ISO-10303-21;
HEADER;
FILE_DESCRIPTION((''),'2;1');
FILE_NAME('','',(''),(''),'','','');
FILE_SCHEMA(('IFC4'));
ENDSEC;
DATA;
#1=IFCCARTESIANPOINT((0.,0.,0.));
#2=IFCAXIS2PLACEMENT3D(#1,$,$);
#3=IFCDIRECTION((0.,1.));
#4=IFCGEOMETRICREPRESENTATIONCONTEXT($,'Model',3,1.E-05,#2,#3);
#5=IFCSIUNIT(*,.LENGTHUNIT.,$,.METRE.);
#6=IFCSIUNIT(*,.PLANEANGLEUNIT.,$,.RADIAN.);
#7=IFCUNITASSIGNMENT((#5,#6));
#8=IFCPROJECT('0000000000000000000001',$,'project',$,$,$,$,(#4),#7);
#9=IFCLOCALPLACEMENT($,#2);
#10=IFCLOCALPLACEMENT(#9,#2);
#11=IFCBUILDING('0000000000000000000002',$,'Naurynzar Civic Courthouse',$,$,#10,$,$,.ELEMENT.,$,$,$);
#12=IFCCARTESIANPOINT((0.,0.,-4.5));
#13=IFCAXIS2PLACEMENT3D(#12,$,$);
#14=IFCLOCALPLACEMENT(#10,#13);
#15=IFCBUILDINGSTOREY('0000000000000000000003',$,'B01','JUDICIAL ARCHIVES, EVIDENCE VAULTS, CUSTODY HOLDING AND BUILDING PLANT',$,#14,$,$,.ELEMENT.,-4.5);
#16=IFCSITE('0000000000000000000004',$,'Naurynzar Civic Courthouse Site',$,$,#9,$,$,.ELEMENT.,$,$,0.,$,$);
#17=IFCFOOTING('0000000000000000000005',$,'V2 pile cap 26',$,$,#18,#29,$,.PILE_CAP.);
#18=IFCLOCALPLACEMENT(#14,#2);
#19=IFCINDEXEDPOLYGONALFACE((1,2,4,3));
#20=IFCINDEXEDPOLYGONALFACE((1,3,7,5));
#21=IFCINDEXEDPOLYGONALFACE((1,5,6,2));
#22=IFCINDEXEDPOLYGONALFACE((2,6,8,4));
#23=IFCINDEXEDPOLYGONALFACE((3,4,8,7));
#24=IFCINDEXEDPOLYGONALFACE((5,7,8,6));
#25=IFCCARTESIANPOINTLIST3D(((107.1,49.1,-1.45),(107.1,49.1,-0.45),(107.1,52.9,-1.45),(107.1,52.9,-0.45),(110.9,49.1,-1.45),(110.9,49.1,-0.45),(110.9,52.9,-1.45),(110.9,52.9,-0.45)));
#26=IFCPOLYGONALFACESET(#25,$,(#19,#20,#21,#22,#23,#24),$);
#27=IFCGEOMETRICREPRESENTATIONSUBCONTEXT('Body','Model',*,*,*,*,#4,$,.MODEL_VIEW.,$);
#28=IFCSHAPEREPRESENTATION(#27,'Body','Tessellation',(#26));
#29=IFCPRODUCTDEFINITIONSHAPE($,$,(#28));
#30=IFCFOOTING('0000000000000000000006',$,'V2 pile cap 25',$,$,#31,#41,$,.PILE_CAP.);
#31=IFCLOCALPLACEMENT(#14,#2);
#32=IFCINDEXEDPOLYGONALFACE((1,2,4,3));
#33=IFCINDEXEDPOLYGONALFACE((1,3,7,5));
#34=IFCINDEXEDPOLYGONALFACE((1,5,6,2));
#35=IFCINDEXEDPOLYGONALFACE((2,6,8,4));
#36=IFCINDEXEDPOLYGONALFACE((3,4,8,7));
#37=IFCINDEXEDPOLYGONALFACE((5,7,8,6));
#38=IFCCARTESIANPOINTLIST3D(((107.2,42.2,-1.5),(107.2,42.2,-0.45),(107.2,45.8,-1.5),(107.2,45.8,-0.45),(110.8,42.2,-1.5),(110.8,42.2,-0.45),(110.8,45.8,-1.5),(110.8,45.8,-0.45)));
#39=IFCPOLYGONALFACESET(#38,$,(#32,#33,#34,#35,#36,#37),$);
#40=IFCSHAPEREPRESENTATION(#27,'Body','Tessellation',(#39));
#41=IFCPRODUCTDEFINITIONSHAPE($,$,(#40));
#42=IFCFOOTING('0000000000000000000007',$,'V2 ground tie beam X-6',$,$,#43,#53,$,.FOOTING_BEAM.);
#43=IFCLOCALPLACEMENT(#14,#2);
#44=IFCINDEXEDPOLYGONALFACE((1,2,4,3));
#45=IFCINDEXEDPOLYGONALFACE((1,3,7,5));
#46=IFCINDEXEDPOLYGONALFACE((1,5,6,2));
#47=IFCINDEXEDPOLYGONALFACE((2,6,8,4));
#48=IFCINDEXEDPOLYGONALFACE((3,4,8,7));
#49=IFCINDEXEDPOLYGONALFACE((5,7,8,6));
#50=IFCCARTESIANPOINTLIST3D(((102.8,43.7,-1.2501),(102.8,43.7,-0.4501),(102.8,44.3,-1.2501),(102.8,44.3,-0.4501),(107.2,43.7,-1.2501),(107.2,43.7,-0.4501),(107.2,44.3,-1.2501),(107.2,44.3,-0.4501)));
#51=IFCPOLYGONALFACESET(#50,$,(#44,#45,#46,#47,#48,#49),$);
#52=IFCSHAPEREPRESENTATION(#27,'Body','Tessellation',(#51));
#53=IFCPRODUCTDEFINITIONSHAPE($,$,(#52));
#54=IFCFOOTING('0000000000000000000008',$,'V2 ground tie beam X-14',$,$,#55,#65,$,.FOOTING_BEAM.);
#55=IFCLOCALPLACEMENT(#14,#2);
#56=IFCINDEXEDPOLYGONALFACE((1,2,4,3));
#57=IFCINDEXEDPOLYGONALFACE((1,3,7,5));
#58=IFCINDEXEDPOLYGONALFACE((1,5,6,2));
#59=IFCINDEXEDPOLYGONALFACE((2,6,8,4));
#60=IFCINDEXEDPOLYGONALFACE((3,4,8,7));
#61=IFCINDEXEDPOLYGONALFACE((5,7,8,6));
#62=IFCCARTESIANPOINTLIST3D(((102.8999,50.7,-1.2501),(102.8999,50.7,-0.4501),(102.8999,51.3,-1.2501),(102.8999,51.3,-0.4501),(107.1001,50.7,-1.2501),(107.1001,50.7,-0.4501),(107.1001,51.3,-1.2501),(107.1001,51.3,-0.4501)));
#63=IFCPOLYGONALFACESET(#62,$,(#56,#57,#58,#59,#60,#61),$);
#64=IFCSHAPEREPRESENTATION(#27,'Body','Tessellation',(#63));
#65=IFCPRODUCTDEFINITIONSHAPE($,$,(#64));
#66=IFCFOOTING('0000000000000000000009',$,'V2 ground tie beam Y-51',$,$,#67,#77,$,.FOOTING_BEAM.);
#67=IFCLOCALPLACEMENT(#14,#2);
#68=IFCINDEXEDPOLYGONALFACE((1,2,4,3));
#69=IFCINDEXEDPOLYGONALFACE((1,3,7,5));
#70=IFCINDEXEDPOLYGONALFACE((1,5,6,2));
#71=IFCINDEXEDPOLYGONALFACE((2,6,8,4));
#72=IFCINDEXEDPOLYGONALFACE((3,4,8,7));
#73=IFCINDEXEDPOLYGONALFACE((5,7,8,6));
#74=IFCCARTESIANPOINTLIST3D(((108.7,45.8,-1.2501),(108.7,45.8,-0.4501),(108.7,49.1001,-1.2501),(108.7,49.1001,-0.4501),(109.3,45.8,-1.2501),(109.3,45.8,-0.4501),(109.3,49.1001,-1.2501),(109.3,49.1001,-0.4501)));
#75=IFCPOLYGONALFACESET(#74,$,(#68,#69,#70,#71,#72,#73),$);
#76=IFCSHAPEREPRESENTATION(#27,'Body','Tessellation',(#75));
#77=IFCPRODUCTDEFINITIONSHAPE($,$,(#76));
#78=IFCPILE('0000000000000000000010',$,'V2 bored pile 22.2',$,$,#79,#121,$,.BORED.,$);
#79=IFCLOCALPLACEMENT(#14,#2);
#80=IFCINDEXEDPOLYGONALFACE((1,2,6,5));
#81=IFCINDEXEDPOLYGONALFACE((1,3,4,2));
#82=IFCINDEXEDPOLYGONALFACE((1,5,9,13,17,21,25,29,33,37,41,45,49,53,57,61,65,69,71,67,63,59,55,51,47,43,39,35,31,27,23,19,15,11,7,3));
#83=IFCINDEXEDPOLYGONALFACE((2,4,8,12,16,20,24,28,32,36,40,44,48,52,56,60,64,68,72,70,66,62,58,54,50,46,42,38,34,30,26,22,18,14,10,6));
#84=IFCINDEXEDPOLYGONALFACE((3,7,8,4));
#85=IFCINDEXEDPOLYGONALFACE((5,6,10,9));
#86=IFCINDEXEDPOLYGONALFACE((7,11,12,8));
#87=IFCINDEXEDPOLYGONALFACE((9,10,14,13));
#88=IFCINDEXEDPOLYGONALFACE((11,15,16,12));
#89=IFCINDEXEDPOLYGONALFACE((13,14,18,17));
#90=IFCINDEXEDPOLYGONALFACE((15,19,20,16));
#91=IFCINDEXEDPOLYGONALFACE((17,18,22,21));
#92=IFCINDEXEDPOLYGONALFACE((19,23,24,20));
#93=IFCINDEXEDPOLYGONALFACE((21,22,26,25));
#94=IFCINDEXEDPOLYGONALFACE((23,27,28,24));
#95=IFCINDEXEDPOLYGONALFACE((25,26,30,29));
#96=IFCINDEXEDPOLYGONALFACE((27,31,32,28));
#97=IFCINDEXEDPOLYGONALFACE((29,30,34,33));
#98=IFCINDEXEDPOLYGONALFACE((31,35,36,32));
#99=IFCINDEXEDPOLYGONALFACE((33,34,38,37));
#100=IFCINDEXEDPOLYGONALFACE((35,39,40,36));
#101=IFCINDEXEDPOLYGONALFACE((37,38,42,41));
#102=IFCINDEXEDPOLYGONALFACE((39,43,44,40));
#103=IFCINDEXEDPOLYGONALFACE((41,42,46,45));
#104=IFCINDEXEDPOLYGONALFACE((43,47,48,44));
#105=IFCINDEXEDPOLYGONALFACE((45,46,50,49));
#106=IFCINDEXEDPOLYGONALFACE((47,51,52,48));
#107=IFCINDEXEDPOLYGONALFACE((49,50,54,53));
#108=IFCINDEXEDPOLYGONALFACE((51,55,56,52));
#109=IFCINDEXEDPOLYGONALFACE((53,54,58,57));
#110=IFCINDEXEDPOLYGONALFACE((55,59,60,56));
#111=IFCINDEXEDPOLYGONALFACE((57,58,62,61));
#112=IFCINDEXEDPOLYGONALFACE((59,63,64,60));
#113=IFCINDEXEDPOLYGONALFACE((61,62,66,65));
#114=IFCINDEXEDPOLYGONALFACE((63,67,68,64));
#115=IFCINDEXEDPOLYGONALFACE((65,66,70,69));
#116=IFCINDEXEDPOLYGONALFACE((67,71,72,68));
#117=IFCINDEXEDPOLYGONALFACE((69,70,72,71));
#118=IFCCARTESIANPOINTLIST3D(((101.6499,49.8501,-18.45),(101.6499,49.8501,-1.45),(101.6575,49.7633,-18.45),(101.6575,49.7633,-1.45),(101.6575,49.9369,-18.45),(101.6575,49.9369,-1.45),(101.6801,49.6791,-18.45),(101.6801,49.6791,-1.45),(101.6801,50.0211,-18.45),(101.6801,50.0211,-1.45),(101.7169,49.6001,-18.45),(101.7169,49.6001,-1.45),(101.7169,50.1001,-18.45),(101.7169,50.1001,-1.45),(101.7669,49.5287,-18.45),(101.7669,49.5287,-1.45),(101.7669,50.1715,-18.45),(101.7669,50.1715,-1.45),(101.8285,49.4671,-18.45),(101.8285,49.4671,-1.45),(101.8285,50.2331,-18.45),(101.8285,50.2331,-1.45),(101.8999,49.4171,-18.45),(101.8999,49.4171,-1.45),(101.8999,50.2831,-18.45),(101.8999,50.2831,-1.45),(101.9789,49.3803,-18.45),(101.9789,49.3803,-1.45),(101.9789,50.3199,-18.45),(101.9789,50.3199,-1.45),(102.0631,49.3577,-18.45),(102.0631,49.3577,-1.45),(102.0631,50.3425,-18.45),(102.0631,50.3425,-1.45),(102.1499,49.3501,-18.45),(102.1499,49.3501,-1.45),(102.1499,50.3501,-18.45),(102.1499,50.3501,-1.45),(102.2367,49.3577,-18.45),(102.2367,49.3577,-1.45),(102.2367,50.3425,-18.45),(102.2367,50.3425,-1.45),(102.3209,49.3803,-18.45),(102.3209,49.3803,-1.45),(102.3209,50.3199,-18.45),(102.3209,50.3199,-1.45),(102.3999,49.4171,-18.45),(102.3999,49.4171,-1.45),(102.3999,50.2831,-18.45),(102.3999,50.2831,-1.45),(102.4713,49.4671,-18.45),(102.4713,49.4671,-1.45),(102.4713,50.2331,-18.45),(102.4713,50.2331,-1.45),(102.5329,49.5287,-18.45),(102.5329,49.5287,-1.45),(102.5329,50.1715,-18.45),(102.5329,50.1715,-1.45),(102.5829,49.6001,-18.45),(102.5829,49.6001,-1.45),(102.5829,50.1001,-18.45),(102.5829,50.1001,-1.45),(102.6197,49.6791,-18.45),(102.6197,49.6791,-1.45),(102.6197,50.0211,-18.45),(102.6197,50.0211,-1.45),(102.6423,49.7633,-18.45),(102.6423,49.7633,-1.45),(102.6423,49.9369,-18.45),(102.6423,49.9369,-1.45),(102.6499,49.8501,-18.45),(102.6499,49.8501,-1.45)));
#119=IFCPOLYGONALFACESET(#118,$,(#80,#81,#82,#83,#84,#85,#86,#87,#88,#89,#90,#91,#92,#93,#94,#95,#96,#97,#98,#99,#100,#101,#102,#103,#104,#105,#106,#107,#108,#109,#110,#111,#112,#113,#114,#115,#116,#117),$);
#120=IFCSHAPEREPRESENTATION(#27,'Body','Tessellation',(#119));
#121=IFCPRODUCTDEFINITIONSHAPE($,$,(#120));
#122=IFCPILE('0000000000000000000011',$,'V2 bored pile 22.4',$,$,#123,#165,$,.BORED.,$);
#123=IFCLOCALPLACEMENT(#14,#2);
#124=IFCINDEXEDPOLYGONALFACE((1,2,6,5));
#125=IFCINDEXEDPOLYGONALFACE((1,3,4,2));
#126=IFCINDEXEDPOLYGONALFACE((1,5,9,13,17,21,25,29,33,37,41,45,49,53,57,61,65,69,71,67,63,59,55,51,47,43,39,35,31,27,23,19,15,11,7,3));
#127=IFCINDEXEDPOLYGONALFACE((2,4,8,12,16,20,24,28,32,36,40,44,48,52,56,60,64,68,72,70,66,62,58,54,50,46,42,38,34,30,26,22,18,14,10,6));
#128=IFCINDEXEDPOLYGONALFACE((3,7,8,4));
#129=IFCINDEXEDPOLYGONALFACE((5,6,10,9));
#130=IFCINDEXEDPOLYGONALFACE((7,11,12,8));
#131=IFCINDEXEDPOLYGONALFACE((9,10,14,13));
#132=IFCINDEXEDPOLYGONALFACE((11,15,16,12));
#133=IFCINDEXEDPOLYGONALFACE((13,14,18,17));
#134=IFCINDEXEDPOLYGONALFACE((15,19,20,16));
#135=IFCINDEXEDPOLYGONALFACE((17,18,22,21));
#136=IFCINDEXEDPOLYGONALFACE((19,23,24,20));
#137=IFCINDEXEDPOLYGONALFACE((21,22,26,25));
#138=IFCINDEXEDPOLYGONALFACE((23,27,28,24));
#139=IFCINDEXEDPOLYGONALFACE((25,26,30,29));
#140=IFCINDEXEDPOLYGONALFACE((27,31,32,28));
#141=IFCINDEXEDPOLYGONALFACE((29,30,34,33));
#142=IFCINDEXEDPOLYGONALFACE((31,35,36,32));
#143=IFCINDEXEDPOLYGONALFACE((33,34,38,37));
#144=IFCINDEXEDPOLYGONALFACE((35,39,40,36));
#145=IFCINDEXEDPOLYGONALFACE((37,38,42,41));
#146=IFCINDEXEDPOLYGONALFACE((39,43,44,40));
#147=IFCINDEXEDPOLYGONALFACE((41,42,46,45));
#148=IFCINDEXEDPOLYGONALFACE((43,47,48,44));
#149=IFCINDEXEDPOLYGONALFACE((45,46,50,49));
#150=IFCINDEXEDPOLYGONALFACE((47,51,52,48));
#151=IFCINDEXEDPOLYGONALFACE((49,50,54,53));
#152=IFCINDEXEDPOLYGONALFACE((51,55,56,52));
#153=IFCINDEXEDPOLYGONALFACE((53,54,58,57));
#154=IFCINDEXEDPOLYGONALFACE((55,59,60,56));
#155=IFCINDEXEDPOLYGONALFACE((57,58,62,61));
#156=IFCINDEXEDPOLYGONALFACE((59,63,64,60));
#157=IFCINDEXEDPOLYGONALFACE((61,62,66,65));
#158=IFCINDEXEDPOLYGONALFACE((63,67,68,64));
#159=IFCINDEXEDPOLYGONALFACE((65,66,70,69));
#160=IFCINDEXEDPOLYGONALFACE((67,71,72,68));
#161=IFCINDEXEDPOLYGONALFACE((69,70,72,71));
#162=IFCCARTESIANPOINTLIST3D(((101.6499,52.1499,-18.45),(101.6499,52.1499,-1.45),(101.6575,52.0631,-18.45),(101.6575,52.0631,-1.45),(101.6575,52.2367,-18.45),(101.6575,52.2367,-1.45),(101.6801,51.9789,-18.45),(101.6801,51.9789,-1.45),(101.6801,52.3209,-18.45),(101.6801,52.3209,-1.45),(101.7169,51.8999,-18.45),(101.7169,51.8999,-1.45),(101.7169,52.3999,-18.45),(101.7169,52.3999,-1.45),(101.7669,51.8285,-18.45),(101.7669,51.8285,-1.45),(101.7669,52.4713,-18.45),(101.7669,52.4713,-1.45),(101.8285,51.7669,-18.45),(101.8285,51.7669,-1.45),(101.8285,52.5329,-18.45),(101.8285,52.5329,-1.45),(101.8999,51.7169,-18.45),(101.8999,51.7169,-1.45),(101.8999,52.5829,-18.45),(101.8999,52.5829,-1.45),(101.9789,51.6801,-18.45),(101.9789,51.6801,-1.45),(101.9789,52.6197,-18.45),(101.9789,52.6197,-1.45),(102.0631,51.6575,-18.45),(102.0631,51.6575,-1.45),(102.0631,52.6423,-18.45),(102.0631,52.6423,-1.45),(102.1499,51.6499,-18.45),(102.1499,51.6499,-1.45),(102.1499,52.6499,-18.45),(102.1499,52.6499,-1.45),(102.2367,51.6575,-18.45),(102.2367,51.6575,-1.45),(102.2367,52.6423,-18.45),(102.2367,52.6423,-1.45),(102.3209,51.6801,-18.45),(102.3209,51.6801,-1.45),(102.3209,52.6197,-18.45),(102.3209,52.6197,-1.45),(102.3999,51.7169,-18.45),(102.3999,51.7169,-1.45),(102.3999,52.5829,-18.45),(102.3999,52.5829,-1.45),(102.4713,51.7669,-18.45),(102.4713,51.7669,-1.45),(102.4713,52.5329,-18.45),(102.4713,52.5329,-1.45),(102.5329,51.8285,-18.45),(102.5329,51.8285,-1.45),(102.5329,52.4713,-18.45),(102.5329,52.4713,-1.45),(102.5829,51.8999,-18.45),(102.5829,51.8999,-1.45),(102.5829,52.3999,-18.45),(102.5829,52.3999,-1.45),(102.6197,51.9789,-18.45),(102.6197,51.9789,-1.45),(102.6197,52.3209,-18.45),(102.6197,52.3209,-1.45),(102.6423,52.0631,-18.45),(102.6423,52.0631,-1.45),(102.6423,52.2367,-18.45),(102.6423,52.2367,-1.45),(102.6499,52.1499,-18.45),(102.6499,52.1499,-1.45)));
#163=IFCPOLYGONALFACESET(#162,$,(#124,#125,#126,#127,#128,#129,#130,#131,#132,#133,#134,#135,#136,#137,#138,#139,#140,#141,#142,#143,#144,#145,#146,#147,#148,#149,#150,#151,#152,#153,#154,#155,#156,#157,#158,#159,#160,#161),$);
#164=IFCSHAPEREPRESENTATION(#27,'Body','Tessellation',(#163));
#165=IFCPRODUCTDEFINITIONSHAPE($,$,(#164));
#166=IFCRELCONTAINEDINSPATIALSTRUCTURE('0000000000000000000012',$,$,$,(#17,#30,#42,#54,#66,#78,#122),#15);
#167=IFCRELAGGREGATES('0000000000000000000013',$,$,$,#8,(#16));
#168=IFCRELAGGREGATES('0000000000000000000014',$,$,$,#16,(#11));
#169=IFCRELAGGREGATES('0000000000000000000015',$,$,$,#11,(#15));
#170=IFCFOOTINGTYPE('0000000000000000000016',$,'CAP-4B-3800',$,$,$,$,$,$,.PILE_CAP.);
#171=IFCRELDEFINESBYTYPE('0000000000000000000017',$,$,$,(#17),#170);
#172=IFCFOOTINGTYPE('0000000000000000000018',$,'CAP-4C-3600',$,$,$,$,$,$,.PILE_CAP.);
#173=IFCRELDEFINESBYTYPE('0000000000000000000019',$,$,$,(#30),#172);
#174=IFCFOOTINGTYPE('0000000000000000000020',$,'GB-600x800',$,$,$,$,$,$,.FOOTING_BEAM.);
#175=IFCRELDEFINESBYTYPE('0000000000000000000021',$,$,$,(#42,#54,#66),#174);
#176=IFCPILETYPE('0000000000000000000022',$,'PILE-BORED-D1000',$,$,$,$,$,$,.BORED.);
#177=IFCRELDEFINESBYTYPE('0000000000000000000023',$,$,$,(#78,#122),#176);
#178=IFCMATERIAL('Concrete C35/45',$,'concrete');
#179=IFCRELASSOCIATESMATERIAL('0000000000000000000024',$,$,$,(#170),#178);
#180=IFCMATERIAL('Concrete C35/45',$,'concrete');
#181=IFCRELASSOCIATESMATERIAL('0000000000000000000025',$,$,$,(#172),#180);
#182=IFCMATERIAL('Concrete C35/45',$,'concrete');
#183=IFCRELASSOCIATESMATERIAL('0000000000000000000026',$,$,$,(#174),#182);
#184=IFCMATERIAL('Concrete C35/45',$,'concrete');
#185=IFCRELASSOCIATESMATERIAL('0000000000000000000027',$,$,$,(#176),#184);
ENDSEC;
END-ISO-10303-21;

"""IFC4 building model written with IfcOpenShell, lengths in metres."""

from ifc_helpers import new_model, si_unit, direction, frame, origin, origin_2d, place, context, subcontext, project, spatial, rectangle, circle, extrude, material, material_profile, profile_set, type_object, element, save


model = new_model("IFC4")

# Units and contexts
model_context = context("Model", 3, precision=1e-05, world=origin(), true_north=direction((0.0, 1.0)))
body_context = subcontext(model_context, "Body", "Model", "MODEL_VIEW")
ifc_project = project(units=[si_unit("LENGTHUNIT", "METRE"), si_unit("PLANEANGLEUNIT", "RADIAN")], contexts=[model_context])

# Site, building, storey
site_placement = place(None, origin())
site = spatial("IfcSite", under=ifc_project, at=site_placement, Name="Naurynzar Civic Courthouse Site", CompositionType="ELEMENT", RefElevation=0.0)
building_placement = place(site_placement, origin())
building = spatial("IfcBuilding", under=site, at=building_placement, Name="Naurynzar Civic Courthouse", CompositionType="ELEMENT")
storey_placement = place(building_placement, frame((0.0, 0.0, -4.5)))
storey = spatial("IfcBuildingStorey", under=building, at=storey_placement, Name="B01", Description="JUDICIAL ARCHIVES, EVIDENCE VAULTS, CUSTODY HOLDING AND BUILDING PLANT", CompositionType="ELEMENT", Elevation=-4.5)

# Footings
ifc_material_1 = material(Name="Concrete C35/45", Category="concrete")
footing_type_1 = type_object("IfcFootingType", Name="CAP-4B-3800", PredefinedType="PILE_CAP", material=ifc_material_1)
footing_1_placement = place(storey_placement, frame((109.0, 51.0, -1.45), z_axis=(0.0, 0.0, 1.0), x_axis=(1.0, 0.0, 0.0)))
element("IfcFooting", 1, at=footing_1_placement, inside=storey, type_object=footing_type_1, Name="V2 pile cap 26", PredefinedType="PILE_CAP", context=body_context, shape_type="SweptSolid", body=[
    extrude(rectangle(XDim=3.8, YDim=3.8, at=origin_2d()), origin(), (0.0, 0.0, 1.0), 1.0),
])
ifc_material_2 = material(Name="Concrete C35/45", Category="concrete")
footing_type_2 = type_object("IfcFootingType", Name="CAP-4C-3600", PredefinedType="PILE_CAP", material=ifc_material_2)
footing_2_placement = place(storey_placement, frame((109.0, 44.0, -1.5), z_axis=(0.0, 0.0, 1.0), x_axis=(1.0, 0.0, 0.0)))
element("IfcFooting", 2, at=footing_2_placement, inside=storey, type_object=footing_type_2, Name="V2 pile cap 25", PredefinedType="PILE_CAP", context=body_context, shape_type="SweptSolid", body=[
    extrude(rectangle(XDim=3.6001, YDim=3.6001, at=origin_2d()), origin(), (0.0, 0.0, 1.0), 1.05),
])
ifc_material_3 = material(Name="Concrete C35/45", Category="concrete")
ifc_material_profile_1 = material_profile(ifc_material_3, rectangle(XDim=0.6001, YDim=0.8, at=origin_2d()), Name="GB 600x800")
ifc_profile_set_1 = profile_set([ifc_material_profile_1], Name="Concrete C35/45")
footing_type_3 = type_object("IfcFootingType", Name="GB-600x800", PredefinedType="FOOTING_BEAM", material=ifc_profile_set_1)
footing_3_placement = place(storey_placement, frame((102.8, 44.0, -0.8501), z_axis=(1.0, 0.0, 0.0), x_axis=(0.0, 1.0, 0.0)))
element("IfcFooting", 3, at=footing_3_placement, inside=storey, type_object=footing_type_3, Name="V2 ground tie beam X-6", PredefinedType="FOOTING_BEAM", context=body_context, shape_type="SweptSolid", body=[
    extrude(rectangle(XDim=0.6001, YDim=0.8, at=origin_2d()), origin(), (0.0, 0.0, 1.0), 4.3999),
])
footing_4_placement = place(storey_placement, frame((102.8999, 51.0, -0.8501), z_axis=(1.0, 0.0, 0.0), x_axis=(0.0, 1.0, 0.0)))
element("IfcFooting", 4, at=footing_4_placement, inside=storey, type_object=footing_type_3, Name="V2 ground tie beam X-14", PredefinedType="FOOTING_BEAM", context=body_context, shape_type="SweptSolid", body=[
    extrude(rectangle(XDim=0.6001, YDim=0.8, at=origin_2d()), origin(), (0.0, 0.0, 1.0), 4.2002),
])
footing_5_placement = place(storey_placement, frame((109.0, 45.8, -0.8501), z_axis=(0.0, 1.0, 0.0), x_axis=(-1.0, 0.0, 0.0)))
element("IfcFooting", 5, at=footing_5_placement, inside=storey, type_object=footing_type_3, Name="V2 ground tie beam Y-51", PredefinedType="FOOTING_BEAM", context=body_context, shape_type="SweptSolid", body=[
    extrude(rectangle(XDim=0.6001, YDim=0.8, at=origin_2d()), origin(), (0.0, 0.0, 1.0), 3.3),
])

# Piles
ifc_material_4 = material(Name="Concrete C35/45", Category="concrete")
ifc_material_profile_2 = material_profile(ifc_material_4, circle(Radius=0.5, at=origin_2d()), Name="PILE D1000")
ifc_profile_set_2 = profile_set([ifc_material_profile_2], Name="Concrete C35/45")
pile_type_1 = type_object("IfcPileType", Name="PILE-BORED-D1000", PredefinedType="BORED", material=ifc_profile_set_2)
for number, where, z_axis, x_axis, name in (
    (6, (102.1499, 49.8501, -1.45), (0.0, 0.0, -1.0), (1.0, 0.0, 0.0), "V2 bored pile 22.2"),
    (7, (102.1499, 52.1499, -1.45), (0.0, 0.0, -1.0), (1.0, 0.0, 0.0), "V2 bored pile 22.4"),
):
    element("IfcPile", number, at=place(storey_placement, frame(where, z_axis=z_axis, x_axis=x_axis)), inside=storey, type_object=pile_type_1, Name=name, PredefinedType="BORED", context=body_context, shape_type="SweptSolid", body=[
        extrude(circle(Radius=0.5, at=origin_2d()), origin(), (0.0, 0.0, 1.0), 17.0),
    ])

save(model, "model.ifc")
